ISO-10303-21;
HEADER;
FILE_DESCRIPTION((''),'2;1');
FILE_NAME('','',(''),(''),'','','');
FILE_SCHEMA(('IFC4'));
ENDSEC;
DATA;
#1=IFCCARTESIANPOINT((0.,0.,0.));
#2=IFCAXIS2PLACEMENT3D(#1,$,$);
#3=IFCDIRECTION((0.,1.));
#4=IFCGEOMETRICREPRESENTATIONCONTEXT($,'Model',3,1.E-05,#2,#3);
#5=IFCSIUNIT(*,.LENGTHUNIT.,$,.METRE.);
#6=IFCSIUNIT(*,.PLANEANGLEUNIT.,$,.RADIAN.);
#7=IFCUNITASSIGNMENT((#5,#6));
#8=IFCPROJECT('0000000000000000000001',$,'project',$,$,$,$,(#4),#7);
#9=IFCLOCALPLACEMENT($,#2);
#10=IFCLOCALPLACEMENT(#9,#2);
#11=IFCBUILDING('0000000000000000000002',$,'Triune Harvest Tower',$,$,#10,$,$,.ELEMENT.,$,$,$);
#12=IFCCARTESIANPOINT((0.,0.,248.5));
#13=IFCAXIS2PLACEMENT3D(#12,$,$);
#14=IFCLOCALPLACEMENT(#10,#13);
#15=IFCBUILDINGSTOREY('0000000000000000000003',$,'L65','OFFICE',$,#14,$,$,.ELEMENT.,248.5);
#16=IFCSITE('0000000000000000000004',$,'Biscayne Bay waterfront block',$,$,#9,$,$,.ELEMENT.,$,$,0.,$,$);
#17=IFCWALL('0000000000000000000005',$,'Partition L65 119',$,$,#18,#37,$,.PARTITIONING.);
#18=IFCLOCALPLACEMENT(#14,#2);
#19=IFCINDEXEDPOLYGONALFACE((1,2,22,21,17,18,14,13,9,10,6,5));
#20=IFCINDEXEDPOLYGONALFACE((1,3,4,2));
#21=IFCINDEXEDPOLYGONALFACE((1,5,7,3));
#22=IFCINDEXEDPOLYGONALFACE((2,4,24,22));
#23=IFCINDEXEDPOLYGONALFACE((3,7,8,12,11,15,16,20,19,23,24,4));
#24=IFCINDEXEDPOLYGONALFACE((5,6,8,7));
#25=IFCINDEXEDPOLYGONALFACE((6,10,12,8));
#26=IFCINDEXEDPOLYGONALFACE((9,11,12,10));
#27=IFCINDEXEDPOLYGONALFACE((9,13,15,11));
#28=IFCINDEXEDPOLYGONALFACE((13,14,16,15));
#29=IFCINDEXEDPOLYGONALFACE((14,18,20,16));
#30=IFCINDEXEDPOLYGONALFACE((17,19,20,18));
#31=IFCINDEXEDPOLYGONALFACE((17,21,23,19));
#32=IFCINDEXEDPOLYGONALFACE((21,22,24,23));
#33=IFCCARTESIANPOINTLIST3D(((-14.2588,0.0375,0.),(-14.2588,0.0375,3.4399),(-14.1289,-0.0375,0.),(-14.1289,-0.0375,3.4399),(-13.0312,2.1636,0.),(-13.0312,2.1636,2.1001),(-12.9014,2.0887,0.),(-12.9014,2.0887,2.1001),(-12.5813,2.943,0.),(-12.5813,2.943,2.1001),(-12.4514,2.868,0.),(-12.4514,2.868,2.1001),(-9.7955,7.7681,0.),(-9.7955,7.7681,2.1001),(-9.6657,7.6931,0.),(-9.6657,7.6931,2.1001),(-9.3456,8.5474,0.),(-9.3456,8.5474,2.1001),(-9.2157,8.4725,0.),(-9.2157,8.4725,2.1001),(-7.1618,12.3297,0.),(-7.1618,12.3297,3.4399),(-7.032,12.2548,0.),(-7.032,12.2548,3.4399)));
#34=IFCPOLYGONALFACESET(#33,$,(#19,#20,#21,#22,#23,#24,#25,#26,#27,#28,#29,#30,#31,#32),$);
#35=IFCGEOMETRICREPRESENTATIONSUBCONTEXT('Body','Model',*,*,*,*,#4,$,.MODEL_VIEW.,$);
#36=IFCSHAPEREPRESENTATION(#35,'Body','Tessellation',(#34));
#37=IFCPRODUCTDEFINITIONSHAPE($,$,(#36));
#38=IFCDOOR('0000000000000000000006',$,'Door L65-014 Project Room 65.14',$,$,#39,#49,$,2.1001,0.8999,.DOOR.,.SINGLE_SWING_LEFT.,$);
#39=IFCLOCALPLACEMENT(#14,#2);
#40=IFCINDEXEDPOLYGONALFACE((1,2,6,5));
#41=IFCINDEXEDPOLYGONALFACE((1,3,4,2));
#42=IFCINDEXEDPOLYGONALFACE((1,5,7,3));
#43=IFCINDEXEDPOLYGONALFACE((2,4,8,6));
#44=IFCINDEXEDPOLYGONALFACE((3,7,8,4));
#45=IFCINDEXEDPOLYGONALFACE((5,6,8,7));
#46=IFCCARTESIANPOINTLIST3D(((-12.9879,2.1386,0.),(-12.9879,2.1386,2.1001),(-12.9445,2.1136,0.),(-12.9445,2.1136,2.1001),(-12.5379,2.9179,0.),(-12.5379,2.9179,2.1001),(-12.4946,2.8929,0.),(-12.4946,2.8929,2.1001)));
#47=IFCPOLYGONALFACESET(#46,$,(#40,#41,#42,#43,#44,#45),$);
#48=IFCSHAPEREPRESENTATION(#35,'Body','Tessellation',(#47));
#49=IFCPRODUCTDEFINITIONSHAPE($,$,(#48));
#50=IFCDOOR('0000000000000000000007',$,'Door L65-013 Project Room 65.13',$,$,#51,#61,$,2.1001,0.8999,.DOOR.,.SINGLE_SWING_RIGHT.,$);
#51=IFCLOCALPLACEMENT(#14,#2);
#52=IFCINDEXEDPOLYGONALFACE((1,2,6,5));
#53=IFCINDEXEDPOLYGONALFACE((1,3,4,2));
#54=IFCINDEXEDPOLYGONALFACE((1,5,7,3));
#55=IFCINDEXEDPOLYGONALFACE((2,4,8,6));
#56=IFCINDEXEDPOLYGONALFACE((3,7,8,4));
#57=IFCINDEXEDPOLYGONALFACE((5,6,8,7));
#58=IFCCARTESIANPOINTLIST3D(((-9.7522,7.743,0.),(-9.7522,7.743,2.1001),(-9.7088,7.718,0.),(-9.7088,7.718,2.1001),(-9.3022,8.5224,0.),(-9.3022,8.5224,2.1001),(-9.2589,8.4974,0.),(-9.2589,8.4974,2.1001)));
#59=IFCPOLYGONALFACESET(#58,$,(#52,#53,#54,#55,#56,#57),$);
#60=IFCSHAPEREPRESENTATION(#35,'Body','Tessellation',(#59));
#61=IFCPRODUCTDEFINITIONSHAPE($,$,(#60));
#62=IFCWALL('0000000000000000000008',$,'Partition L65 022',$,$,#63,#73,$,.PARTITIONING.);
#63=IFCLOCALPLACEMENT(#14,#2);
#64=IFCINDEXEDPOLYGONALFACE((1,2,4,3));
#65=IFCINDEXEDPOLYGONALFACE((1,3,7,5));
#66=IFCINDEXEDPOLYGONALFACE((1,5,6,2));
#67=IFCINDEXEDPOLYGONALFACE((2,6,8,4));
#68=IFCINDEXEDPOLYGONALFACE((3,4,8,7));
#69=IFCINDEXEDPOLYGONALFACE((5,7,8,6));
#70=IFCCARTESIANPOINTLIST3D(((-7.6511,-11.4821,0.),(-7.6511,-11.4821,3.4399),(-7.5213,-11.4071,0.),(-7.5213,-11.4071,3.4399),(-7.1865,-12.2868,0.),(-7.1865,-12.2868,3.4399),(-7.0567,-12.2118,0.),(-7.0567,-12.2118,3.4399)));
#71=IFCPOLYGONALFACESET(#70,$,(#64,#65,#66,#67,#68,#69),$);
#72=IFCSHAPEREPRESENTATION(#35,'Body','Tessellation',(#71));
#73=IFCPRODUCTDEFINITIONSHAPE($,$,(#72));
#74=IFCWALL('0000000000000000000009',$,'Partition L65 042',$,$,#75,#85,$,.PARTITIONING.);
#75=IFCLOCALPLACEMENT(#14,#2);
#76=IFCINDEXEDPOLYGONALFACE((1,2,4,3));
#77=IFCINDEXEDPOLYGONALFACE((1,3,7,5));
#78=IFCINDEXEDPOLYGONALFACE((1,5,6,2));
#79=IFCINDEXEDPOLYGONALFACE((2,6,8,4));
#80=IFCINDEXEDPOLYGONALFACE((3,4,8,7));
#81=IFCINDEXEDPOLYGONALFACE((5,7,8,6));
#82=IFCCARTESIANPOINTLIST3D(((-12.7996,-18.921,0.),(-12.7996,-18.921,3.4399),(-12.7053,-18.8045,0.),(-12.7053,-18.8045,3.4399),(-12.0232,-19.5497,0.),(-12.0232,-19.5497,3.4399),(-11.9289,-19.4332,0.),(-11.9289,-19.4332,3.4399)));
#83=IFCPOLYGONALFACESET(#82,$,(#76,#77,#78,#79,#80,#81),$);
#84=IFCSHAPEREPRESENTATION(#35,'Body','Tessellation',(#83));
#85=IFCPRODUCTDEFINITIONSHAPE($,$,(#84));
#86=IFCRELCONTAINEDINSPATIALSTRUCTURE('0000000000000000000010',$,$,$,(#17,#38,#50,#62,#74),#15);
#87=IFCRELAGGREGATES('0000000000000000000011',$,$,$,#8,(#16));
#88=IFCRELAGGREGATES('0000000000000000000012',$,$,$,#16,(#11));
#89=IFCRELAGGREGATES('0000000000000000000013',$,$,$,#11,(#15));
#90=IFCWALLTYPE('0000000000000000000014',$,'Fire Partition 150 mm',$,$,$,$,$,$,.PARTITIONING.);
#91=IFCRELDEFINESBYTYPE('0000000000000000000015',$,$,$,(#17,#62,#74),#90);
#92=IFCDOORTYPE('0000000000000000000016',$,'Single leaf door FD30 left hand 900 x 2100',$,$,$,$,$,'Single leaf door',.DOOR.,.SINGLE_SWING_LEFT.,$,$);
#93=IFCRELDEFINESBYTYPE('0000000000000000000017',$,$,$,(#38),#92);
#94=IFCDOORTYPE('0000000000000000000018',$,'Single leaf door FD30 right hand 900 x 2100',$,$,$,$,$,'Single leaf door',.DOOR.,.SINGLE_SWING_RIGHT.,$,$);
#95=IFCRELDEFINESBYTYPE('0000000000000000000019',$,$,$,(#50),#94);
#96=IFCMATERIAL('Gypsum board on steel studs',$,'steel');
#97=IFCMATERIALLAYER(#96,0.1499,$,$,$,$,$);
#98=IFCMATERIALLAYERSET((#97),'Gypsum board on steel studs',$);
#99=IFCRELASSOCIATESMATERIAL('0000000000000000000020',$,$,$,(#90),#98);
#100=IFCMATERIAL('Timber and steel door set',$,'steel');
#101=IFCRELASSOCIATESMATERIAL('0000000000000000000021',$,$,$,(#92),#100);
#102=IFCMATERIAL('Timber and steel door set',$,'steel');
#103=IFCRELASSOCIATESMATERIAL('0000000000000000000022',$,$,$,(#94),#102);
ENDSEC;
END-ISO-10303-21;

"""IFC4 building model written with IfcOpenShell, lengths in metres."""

from ifc_helpers import new_model, si_unit, direction, frame, frame_2d, origin, place, context, subcontext, project, spatial, rectangle, extrude, source, transform, mapped, material, layer, layer_set, type_object, element, fill, save


model = new_model("IFC4")

# Units and contexts
model_context = context("Model", 3, precision=1e-05, world=origin(), true_north=direction((0.0, 1.0)))
body_context = subcontext(model_context, "Body", "Model", "MODEL_VIEW")
ifc_project = project(units=[si_unit("LENGTHUNIT", "METRE"), si_unit("PLANEANGLEUNIT", "RADIAN")], contexts=[model_context])

# Site, building, storey
site_placement = place(None, origin())
site = spatial("IfcSite", under=ifc_project, at=site_placement, Name="Biscayne Bay waterfront block", CompositionType="ELEMENT", RefElevation=0.0)
building_placement = place(site_placement, origin())
building = spatial("IfcBuilding", under=site, at=building_placement, Name="Triune Harvest Tower", CompositionType="ELEMENT")
storey_placement = place(building_placement, frame((0.0, 0.0, 248.5)))
storey = spatial("IfcBuildingStorey", under=building, at=storey_placement, Name="L65", Description="OFFICE", CompositionType="ELEMENT", Elevation=248.5)

# Shared definitions
ifc_material_1 = material(Name="Gypsum board on steel studs", Category="steel")
ifc_layer_1 = layer(ifc_material_1, 0.1499)
ifc_layer_set_1 = layer_set([ifc_layer_1], Name="Gypsum board on steel studs")
wall_type_1 = type_object("IfcWallType", Name="Fire Partition 150 mm", PredefinedType="PARTITIONING", material=ifc_layer_set_1)
ifc_material_2 = material(Name="Timber and steel door set", Category="steel")
door_type_1 = type_object("IfcDoorType", Name="Single leaf door FD30 left hand 900 x 2100", ElementType="Single leaf door", OperationType="SINGLE_SWING_LEFT", PredefinedType="DOOR", material=ifc_material_2)

# Wall, openings, doors
shared_shape_1 = source(origin(), body_context, "Body", "SweptSolid", [
    extrude(rectangle(XDim=14.1938, YDim=0.1499, at=frame_2d((7.0969, 0.0))), origin(), (0.0, 0.0, 1.0), 3.4399),
])
wall_1_placement = place(storey_placement, frame((-14.1938, 0.0, 0.0), z_axis=(0.0, 0.0, 1.0), x_axis=(0.5, 0.866025, 0.0)))
wall_1 = element("IfcWall", 1, at=wall_1_placement, inside=storey, type_object=wall_type_1, Name="Partition L65 119", PredefinedType="PARTITIONING", context=body_context, shape_type="MappedRepresentation", body=[
    mapped(shared_shape_1, transform((0.0, 0.0, 0.0), scale=1.0)),
])
opening_1_placement = place(wall_1_placement, frame((8.9265, 0.0, 0.0)))
opening_1 = element("IfcOpeningElement", 2, at=opening_1_placement, cuts=wall_1, PredefinedType="OPENING", context=body_context, shape_type="SweptSolid", body=[
    extrude(rectangle(XDim=0.8999, YDim=2.1001, at=frame_2d((0.45, 1.05))), frame((0.0, 0.085, 0.0), z_axis=(0.0, -1.0, 0.0), x_axis=(1.0, 0.0, 0.0)), (0.0, 0.0, 1.0), 0.1699),
])
opening_2_placement = place(wall_1_placement, frame((2.4551, 0.0, 0.0)))
opening_2 = element("IfcOpeningElement", 3, at=opening_2_placement, cuts=wall_1, PredefinedType="OPENING", context=body_context, shape_type="SweptSolid", body=[
    extrude(rectangle(XDim=0.8999, YDim=2.1001, at=frame_2d((0.45, 1.05))), frame((0.0, 0.085, 0.0), z_axis=(0.0, -1.0, 0.0), x_axis=(1.0, 0.0, 0.0)), (0.0, 0.0, 1.0), 0.1699),
])
door_1_placement = place(opening_2_placement, origin())
door_1 = element("IfcDoor", 4, at=door_1_placement, inside=storey, type_object=door_type_1, Name="Door L65-014 Project Room 65.14", OperationType="SINGLE_SWING_LEFT", OverallHeight=2.1001, OverallWidth=0.8999, PredefinedType="DOOR", context=body_context, shape_type="SweptSolid", body=[
    extrude(rectangle(XDim=0.8999, YDim=2.1001, at=frame_2d((0.45, 1.05))), frame((0.0, 0.0249, 0.0), z_axis=(0.0, -1.0, 0.0), x_axis=(1.0, 0.0, 0.0)), (0.0, 0.0, 1.0), 0.05),
])
fill(opening_2, door_1)
ifc_material_3 = material(Name="Timber and steel door set", Category="steel")
door_type_2 = type_object("IfcDoorType", Name="Single leaf door FD30 right hand 900 x 2100", ElementType="Single leaf door", OperationType="SINGLE_SWING_RIGHT", PredefinedType="DOOR", material=ifc_material_3)
door_2_placement = place(opening_1_placement, origin())
door_2 = element("IfcDoor", 5, at=door_2_placement, inside=storey, type_object=door_type_2, Name="Door L65-013 Project Room 65.13", OperationType="SINGLE_SWING_RIGHT", OverallHeight=2.1001, OverallWidth=0.8999, PredefinedType="DOOR", context=body_context, shape_type="SweptSolid", body=[
    extrude(rectangle(XDim=0.8999, YDim=2.1001, at=frame_2d((0.45, 1.05))), frame((0.0, 0.0249, 0.0), z_axis=(0.0, -1.0, 0.0), x_axis=(1.0, 0.0, 0.0)), (0.0, 0.0, 1.0), 0.05),
])
fill(opening_1, door_2)

# Walls
shared_shape_2 = source(origin(), body_context, "Body", "SweptSolid", [
    extrude(rectangle(XDim=0.9292, YDim=0.1499, at=frame_2d((0.4646, 0.0))), origin(), (0.0, 0.0, 1.0), 3.4399),
])
wall_2_placement = place(storey_placement, frame((-7.5862, -11.4446, 0.0), z_axis=(0.0, 0.0, 1.0), x_axis=(0.500011, -0.866019, 0.0)))
element("IfcWall", 6, at=wall_2_placement, inside=storey, type_object=wall_type_1, Name="Partition L65 022", PredefinedType="PARTITIONING", context=body_context, shape_type="MappedRepresentation", body=[
    mapped(shared_shape_2, transform((0.0, 0.0, 0.0), scale=1.0)),
])
shared_shape_3 = source(origin(), body_context, "Body", "SweptSolid", [
    extrude(rectangle(XDim=0.999, YDim=0.1499, at=frame_2d((0.4995, 0.0))), origin(), (0.0, 0.0, 1.0), 3.4399),
])
wall_3_placement = place(storey_placement, frame((-12.7524, -18.8628, 0.0), z_axis=(0.0, 0.0, 1.0), x_axis=(0.777159, -0.629304, 0.0)))
element("IfcWall", 7, at=wall_3_placement, inside=storey, type_object=wall_type_1, Name="Partition L65 042", PredefinedType="PARTITIONING", context=body_context, shape_type="MappedRepresentation", body=[
    mapped(shared_shape_3, transform((0.0, 0.0, 0.0), scale=1.0)),
])

save(model, "model.ifc")
